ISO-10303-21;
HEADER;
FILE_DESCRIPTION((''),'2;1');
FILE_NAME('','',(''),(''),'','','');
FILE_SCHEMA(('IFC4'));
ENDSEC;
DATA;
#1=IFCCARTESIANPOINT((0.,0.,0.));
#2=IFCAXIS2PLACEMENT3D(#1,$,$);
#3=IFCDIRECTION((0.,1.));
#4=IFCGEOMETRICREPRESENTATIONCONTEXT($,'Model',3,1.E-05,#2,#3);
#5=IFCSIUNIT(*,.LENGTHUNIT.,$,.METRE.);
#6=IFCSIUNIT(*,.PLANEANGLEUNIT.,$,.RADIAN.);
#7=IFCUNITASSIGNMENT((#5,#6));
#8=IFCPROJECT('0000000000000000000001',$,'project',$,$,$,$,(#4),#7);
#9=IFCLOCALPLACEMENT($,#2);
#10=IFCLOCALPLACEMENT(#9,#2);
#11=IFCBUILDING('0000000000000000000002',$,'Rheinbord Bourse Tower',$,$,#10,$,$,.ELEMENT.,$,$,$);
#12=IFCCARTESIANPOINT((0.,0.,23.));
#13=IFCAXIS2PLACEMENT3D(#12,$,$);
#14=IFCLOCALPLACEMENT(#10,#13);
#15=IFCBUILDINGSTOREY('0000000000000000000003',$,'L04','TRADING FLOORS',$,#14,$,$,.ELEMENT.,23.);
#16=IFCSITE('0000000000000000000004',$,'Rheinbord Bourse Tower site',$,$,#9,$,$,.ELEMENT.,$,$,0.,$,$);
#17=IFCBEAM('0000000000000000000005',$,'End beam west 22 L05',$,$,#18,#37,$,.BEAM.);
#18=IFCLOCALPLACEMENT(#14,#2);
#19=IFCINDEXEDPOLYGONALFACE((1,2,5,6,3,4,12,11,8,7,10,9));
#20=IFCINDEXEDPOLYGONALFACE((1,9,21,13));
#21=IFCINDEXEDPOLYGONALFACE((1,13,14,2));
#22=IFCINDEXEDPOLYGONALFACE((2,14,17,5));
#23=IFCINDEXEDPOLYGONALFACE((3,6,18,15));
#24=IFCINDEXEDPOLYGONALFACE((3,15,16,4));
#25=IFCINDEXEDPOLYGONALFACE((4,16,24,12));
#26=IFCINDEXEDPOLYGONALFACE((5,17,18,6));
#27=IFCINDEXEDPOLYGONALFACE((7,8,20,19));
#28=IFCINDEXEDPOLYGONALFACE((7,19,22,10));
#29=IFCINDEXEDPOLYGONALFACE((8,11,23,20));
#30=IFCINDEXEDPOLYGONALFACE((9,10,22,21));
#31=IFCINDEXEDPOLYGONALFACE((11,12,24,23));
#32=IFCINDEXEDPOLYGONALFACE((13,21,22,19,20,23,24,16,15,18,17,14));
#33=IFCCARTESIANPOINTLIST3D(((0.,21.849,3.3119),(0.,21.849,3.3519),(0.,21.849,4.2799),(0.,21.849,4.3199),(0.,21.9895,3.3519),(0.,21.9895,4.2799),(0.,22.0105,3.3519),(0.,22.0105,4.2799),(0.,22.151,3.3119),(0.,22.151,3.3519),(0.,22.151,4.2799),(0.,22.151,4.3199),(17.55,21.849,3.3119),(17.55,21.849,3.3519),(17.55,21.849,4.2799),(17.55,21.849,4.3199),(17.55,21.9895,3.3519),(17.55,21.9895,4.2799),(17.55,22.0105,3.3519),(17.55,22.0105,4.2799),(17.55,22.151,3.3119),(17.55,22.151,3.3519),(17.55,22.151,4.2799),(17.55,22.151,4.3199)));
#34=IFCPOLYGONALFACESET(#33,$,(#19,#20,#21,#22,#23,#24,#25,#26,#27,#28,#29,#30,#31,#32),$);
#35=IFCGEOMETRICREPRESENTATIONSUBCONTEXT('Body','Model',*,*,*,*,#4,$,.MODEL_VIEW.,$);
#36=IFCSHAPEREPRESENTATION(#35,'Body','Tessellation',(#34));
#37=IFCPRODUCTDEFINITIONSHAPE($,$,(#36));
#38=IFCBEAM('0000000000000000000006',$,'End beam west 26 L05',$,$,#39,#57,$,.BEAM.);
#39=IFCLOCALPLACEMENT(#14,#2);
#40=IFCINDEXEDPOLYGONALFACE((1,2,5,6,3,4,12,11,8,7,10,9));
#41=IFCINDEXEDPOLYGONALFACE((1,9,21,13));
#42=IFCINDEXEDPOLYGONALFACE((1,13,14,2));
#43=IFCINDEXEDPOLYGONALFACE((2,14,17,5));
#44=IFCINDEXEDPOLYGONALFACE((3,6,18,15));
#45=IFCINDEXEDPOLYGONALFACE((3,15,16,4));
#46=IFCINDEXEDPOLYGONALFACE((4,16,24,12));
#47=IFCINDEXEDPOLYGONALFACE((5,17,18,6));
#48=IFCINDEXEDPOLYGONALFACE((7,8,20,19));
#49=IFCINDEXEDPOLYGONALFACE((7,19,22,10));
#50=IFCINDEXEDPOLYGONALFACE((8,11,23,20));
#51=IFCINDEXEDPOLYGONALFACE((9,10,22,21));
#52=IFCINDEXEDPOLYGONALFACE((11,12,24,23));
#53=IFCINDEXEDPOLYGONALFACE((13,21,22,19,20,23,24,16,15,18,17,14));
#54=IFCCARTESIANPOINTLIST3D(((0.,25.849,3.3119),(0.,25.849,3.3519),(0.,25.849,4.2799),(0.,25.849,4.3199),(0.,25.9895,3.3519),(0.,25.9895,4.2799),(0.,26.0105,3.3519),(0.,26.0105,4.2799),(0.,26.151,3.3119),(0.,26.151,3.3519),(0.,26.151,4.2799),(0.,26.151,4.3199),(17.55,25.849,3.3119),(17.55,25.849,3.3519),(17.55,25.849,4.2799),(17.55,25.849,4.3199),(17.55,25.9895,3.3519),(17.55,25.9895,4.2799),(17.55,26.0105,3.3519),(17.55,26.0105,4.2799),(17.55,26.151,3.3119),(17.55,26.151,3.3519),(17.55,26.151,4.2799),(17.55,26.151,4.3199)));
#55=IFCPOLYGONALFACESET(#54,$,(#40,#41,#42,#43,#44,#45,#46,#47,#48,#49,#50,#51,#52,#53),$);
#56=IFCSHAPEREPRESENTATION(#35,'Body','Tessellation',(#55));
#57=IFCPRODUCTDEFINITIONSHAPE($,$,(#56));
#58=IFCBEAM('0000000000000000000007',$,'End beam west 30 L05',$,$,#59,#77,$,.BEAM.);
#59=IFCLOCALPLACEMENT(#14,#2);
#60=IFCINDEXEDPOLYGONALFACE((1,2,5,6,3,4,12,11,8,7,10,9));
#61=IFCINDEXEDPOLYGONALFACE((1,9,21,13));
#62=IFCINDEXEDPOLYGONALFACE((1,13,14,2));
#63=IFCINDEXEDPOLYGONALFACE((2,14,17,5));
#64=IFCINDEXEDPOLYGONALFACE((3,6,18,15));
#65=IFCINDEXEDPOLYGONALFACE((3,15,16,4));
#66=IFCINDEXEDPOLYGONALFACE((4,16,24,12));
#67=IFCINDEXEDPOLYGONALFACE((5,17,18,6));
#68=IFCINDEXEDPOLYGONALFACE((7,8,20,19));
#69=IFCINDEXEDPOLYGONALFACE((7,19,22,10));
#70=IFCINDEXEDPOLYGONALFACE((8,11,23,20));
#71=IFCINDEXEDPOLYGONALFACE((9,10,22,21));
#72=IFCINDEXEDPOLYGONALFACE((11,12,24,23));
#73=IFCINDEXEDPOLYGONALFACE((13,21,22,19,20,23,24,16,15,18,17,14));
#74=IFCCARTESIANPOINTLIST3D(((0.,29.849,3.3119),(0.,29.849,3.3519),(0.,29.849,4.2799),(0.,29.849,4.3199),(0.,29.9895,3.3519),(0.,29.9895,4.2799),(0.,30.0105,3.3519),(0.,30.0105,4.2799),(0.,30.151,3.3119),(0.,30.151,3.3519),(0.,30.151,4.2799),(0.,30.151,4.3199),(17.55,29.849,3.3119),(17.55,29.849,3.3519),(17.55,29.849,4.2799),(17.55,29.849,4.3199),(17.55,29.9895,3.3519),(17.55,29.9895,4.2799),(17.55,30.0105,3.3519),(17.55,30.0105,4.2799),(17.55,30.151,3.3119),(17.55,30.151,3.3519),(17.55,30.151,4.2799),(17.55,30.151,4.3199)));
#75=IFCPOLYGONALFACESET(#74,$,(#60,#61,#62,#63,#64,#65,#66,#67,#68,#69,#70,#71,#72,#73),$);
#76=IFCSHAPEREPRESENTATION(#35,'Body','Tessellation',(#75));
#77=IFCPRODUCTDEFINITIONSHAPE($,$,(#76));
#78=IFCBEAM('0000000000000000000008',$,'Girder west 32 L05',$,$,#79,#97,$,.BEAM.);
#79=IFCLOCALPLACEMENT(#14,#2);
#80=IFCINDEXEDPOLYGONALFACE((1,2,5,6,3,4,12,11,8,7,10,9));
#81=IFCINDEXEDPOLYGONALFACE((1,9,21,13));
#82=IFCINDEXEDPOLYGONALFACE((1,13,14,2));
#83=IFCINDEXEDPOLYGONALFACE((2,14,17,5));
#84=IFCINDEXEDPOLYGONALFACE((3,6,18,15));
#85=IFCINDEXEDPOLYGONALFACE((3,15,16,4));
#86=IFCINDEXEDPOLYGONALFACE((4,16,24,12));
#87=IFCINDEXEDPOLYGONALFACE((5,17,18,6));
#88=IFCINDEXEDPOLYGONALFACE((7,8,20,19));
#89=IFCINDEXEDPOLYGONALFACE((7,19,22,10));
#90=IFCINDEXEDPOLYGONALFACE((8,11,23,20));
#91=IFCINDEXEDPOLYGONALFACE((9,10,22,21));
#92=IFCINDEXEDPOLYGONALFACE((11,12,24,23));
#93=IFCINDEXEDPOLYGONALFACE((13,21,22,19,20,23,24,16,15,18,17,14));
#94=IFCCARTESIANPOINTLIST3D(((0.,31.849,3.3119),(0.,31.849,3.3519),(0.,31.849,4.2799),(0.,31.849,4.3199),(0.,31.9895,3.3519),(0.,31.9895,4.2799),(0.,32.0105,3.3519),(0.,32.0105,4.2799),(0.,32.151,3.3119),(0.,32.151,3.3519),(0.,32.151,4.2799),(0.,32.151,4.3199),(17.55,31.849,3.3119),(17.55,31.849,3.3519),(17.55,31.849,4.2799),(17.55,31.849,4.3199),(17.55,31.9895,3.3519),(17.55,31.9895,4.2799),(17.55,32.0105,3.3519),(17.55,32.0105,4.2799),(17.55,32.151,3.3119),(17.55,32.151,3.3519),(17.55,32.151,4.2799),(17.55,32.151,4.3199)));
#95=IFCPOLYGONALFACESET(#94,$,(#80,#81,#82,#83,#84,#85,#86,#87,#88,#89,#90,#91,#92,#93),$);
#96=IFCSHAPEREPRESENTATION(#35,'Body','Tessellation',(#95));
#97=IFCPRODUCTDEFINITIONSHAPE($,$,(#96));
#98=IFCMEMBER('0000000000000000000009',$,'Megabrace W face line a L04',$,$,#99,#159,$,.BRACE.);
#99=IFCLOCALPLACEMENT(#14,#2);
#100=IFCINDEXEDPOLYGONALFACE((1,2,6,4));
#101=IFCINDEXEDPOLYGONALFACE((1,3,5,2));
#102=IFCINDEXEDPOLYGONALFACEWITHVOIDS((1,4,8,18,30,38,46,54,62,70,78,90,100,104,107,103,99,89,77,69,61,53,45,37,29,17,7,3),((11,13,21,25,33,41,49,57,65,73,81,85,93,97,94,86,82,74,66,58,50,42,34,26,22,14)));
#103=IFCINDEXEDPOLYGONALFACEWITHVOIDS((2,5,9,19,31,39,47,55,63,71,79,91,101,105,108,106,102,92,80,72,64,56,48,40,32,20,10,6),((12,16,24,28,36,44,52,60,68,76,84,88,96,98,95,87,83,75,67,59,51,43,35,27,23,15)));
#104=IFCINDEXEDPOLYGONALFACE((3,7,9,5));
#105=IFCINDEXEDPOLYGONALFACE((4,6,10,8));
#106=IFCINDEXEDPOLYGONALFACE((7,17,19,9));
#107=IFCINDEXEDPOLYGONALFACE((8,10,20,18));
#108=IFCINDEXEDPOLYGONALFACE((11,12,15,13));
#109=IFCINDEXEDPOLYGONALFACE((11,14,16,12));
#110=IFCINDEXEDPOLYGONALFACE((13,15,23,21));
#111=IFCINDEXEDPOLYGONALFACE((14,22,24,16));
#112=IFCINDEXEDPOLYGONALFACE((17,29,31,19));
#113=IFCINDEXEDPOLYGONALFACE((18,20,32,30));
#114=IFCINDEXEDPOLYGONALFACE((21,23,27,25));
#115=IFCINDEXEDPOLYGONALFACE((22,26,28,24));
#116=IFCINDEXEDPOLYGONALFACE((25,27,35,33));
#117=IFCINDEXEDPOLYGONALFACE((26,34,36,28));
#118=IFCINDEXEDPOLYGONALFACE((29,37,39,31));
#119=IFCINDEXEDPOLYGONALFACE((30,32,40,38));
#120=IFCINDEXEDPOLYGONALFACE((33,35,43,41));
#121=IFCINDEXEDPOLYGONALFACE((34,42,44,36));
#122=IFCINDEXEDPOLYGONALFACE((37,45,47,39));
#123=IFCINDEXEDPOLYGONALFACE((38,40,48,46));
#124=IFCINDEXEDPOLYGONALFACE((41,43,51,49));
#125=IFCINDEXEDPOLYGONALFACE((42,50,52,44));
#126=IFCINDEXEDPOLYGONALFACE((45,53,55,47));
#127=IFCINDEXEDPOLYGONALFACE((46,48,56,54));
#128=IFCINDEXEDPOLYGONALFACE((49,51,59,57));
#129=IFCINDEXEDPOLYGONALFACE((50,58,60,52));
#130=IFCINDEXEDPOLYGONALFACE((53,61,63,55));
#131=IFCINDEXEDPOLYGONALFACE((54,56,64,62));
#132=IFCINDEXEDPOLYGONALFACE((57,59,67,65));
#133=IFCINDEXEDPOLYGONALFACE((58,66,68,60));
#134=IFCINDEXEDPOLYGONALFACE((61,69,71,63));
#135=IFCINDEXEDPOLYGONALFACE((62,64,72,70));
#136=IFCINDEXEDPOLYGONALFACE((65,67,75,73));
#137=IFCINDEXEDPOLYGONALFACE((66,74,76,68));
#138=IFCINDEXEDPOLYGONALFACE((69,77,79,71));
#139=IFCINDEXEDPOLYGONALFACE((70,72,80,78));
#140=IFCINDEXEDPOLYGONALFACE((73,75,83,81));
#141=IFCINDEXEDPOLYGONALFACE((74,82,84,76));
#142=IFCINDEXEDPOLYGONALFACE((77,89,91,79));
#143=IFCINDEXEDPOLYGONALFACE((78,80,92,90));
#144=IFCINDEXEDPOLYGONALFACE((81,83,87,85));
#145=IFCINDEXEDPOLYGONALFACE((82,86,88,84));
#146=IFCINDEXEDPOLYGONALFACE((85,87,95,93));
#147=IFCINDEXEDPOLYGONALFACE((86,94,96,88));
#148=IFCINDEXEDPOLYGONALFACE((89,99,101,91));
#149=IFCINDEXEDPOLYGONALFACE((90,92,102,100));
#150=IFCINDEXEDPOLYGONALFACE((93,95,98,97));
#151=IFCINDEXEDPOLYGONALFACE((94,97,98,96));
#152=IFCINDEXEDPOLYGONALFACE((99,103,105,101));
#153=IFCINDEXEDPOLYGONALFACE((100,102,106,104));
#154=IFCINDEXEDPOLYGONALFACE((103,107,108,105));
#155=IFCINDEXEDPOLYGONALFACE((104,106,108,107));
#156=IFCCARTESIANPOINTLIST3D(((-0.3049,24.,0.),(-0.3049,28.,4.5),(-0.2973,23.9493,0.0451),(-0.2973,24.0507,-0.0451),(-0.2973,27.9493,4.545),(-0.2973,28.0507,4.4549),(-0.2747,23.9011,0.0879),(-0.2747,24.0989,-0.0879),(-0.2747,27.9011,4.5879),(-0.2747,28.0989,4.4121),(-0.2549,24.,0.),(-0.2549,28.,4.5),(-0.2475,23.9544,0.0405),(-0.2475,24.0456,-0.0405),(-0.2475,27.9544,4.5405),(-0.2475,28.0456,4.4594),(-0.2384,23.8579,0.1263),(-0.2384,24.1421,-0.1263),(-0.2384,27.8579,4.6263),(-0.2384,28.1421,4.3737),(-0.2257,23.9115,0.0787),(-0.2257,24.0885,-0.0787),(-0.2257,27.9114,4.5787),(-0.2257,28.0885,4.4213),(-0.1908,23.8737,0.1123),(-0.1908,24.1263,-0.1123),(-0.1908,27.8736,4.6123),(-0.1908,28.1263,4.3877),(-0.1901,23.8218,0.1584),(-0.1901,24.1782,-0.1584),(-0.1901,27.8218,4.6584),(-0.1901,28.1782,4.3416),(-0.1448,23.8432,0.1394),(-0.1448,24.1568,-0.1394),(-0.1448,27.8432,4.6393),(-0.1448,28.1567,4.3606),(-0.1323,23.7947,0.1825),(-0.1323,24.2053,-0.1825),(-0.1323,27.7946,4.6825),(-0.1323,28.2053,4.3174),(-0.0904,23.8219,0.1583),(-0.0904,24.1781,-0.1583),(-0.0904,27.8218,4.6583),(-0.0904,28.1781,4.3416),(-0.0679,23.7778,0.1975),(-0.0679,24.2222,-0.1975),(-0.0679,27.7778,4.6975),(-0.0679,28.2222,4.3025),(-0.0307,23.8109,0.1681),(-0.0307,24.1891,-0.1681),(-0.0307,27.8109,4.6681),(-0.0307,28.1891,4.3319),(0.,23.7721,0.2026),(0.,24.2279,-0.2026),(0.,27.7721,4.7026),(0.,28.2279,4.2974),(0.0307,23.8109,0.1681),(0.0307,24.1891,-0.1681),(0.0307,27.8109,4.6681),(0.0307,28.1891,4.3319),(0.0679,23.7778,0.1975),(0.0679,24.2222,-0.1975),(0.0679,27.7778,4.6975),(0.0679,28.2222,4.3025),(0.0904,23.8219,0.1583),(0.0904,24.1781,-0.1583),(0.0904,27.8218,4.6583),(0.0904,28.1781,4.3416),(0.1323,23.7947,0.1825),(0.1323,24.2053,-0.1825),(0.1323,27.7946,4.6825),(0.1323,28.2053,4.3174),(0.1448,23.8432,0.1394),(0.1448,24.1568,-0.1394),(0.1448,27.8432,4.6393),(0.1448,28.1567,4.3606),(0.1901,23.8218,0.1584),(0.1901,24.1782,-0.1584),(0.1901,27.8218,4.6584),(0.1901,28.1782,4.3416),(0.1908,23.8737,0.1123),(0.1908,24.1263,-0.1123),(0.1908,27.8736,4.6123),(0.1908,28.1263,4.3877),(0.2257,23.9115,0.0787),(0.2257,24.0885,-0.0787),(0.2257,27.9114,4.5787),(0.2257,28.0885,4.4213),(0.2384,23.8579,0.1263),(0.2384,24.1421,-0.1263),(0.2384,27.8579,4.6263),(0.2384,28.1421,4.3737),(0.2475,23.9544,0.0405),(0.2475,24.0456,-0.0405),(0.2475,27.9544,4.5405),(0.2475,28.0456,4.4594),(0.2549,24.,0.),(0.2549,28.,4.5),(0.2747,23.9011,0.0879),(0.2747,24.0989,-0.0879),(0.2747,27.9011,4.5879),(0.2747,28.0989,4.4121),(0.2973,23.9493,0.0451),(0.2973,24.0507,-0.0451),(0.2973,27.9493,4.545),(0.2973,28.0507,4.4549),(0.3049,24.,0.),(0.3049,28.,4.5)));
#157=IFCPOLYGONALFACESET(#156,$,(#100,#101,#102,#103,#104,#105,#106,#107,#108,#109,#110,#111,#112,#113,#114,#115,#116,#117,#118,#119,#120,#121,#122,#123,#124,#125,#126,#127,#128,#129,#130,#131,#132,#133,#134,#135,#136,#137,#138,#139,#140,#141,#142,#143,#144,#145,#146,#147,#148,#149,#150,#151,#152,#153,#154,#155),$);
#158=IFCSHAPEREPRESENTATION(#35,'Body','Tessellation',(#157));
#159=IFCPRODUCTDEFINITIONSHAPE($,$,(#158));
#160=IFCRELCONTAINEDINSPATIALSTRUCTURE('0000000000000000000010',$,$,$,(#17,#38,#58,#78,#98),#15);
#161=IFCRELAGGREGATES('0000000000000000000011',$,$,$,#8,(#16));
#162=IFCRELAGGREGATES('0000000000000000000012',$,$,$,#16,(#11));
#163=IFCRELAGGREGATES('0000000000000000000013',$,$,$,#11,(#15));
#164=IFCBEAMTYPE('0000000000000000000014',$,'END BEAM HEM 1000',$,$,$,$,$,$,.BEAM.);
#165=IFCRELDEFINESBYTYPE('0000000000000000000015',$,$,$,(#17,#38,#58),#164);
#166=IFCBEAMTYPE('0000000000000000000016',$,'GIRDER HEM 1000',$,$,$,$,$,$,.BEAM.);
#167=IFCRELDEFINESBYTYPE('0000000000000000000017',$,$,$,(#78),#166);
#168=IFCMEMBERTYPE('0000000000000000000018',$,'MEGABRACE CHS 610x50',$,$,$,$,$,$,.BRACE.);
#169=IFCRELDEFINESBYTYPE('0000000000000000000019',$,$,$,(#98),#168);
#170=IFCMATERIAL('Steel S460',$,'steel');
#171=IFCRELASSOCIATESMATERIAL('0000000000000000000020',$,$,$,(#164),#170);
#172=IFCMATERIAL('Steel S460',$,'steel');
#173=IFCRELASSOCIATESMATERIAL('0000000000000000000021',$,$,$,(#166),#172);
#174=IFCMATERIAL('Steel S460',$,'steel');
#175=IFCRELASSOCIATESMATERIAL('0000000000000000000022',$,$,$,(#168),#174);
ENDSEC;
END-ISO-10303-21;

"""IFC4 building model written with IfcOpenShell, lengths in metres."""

from ifc_helpers import new_model, si_unit, direction, frame, origin, origin_2d, place, context, subcontext, project, spatial, hollow_circle, i_section, extrude, material, material_profile, profile_set, type_object, element, save


model = new_model("IFC4")

# Units and contexts
model_context = context("Model", 3, precision=1e-05, world=origin(), true_north=direction((0.0, 1.0)))
body_context = subcontext(model_context, "Body", "Model", "MODEL_VIEW")
ifc_project = project(units=[si_unit("LENGTHUNIT", "METRE"), si_unit("PLANEANGLEUNIT", "RADIAN")], contexts=[model_context])

# Site, building, storey
site_placement = place(None, origin())
site = spatial("IfcSite", under=ifc_project, at=site_placement, Name="Rheinbord Bourse Tower site", CompositionType="ELEMENT", RefElevation=0.0)
building_placement = place(site_placement, origin())
building = spatial("IfcBuilding", under=site, at=building_placement, Name="Rheinbord Bourse Tower", CompositionType="ELEMENT")
storey_placement = place(building_placement, frame((0.0, 0.0, 23.0)))
storey = spatial("IfcBuildingStorey", under=building, at=storey_placement, Name="L04", Description="TRADING FLOORS", CompositionType="ELEMENT", Elevation=23.0)

# Beams
ifc_material_1 = material(Name="Steel S460", Category="steel")
ifc_material_profile_1 = material_profile(ifc_material_1, i_section(OverallWidth=0.302, OverallDepth=1.0081, WebThickness=0.021, FlangeThickness=0.04, at=origin_2d()), Name="HEM 1000")
ifc_profile_set_1 = profile_set([ifc_material_profile_1], Name="Steel S460")
beam_type_1 = type_object("IfcBeamType", Name="END BEAM HEM 1000", PredefinedType="BEAM", material=ifc_profile_set_1)
for number, where, z_axis, x_axis, name in (
    (1, (0.0, 22.0, 3.8159), (1.0, 0.0, 0.0), (0.0, 1.0, 0.0), "End beam west 22 L05"),
    (2, (0.0, 26.0, 3.8159), (1.0, 0.0, 0.0), (0.0, 1.0, 0.0), "End beam west 26 L05"),
    (3, (0.0, 30.0, 3.8159), (1.0, 0.0, 0.0), (0.0, 1.0, 0.0), "End beam west 30 L05"),
):
    element("IfcBeam", number, at=place(storey_placement, frame(where, z_axis=z_axis, x_axis=x_axis)), inside=storey, type_object=beam_type_1, Name=name, PredefinedType="BEAM", context=body_context, shape_type="SweptSolid", body=[
        extrude(i_section(OverallWidth=0.302, OverallDepth=1.0081, WebThickness=0.021, FlangeThickness=0.04, at=origin_2d()), origin(), (0.0, 0.0, 1.0), 17.55),
    ])
ifc_material_2 = material(Name="Steel S460", Category="steel")
ifc_material_profile_2 = material_profile(ifc_material_2, i_section(OverallWidth=0.302, OverallDepth=1.0081, WebThickness=0.021, FlangeThickness=0.04, at=origin_2d()), Name="HEM 1000")
ifc_profile_set_2 = profile_set([ifc_material_profile_2], Name="Steel S460")
beam_type_2 = type_object("IfcBeamType", Name="GIRDER HEM 1000", PredefinedType="BEAM", material=ifc_profile_set_2)
beam_1_placement = place(storey_placement, frame((0.0, 32.0, 3.8159), z_axis=(1.0, 0.0, 0.0), x_axis=(0.0, 1.0, 0.0)))
element("IfcBeam", 4, at=beam_1_placement, inside=storey, type_object=beam_type_2, Name="Girder west 32 L05", PredefinedType="BEAM", context=body_context, shape_type="SweptSolid", body=[
    extrude(i_section(OverallWidth=0.302, OverallDepth=1.0081, WebThickness=0.021, FlangeThickness=0.04, at=origin_2d()), origin(), (0.0, 0.0, 1.0), 17.55),
])

# Member
ifc_material_3 = material(Name="Steel S460", Category="steel")
ifc_material_profile_3 = material_profile(ifc_material_3, hollow_circle(Radius=0.3049, WallThickness=0.05, at=origin_2d()), Name="CHS 610x50")
ifc_profile_set_3 = profile_set([ifc_material_profile_3], Name="Steel S460")
member_type_1 = type_object("IfcMemberType", Name="MEGABRACE CHS 610x50", PredefinedType="BRACE", material=ifc_profile_set_3)
for number, where, z_axis, x_axis, name in (
    (5, (0.0, 24.0, 0.0), (0.0, 0.664364, 0.747409), (-1.0, 0.0, 0.0), "Megabrace W face line a L04"),
):
    element("IfcMember", number, at=place(storey_placement, frame(where, z_axis=z_axis, x_axis=x_axis)), inside=storey, type_object=member_type_1, Name=name, PredefinedType="BRACE", context=body_context, shape_type="SweptSolid", body=[
        extrude(hollow_circle(Radius=0.3049, WallThickness=0.05, at=origin_2d()), origin(), (0.0, 0.0, 1.0), 6.0208),
    ])

save(model, "model.ifc")
